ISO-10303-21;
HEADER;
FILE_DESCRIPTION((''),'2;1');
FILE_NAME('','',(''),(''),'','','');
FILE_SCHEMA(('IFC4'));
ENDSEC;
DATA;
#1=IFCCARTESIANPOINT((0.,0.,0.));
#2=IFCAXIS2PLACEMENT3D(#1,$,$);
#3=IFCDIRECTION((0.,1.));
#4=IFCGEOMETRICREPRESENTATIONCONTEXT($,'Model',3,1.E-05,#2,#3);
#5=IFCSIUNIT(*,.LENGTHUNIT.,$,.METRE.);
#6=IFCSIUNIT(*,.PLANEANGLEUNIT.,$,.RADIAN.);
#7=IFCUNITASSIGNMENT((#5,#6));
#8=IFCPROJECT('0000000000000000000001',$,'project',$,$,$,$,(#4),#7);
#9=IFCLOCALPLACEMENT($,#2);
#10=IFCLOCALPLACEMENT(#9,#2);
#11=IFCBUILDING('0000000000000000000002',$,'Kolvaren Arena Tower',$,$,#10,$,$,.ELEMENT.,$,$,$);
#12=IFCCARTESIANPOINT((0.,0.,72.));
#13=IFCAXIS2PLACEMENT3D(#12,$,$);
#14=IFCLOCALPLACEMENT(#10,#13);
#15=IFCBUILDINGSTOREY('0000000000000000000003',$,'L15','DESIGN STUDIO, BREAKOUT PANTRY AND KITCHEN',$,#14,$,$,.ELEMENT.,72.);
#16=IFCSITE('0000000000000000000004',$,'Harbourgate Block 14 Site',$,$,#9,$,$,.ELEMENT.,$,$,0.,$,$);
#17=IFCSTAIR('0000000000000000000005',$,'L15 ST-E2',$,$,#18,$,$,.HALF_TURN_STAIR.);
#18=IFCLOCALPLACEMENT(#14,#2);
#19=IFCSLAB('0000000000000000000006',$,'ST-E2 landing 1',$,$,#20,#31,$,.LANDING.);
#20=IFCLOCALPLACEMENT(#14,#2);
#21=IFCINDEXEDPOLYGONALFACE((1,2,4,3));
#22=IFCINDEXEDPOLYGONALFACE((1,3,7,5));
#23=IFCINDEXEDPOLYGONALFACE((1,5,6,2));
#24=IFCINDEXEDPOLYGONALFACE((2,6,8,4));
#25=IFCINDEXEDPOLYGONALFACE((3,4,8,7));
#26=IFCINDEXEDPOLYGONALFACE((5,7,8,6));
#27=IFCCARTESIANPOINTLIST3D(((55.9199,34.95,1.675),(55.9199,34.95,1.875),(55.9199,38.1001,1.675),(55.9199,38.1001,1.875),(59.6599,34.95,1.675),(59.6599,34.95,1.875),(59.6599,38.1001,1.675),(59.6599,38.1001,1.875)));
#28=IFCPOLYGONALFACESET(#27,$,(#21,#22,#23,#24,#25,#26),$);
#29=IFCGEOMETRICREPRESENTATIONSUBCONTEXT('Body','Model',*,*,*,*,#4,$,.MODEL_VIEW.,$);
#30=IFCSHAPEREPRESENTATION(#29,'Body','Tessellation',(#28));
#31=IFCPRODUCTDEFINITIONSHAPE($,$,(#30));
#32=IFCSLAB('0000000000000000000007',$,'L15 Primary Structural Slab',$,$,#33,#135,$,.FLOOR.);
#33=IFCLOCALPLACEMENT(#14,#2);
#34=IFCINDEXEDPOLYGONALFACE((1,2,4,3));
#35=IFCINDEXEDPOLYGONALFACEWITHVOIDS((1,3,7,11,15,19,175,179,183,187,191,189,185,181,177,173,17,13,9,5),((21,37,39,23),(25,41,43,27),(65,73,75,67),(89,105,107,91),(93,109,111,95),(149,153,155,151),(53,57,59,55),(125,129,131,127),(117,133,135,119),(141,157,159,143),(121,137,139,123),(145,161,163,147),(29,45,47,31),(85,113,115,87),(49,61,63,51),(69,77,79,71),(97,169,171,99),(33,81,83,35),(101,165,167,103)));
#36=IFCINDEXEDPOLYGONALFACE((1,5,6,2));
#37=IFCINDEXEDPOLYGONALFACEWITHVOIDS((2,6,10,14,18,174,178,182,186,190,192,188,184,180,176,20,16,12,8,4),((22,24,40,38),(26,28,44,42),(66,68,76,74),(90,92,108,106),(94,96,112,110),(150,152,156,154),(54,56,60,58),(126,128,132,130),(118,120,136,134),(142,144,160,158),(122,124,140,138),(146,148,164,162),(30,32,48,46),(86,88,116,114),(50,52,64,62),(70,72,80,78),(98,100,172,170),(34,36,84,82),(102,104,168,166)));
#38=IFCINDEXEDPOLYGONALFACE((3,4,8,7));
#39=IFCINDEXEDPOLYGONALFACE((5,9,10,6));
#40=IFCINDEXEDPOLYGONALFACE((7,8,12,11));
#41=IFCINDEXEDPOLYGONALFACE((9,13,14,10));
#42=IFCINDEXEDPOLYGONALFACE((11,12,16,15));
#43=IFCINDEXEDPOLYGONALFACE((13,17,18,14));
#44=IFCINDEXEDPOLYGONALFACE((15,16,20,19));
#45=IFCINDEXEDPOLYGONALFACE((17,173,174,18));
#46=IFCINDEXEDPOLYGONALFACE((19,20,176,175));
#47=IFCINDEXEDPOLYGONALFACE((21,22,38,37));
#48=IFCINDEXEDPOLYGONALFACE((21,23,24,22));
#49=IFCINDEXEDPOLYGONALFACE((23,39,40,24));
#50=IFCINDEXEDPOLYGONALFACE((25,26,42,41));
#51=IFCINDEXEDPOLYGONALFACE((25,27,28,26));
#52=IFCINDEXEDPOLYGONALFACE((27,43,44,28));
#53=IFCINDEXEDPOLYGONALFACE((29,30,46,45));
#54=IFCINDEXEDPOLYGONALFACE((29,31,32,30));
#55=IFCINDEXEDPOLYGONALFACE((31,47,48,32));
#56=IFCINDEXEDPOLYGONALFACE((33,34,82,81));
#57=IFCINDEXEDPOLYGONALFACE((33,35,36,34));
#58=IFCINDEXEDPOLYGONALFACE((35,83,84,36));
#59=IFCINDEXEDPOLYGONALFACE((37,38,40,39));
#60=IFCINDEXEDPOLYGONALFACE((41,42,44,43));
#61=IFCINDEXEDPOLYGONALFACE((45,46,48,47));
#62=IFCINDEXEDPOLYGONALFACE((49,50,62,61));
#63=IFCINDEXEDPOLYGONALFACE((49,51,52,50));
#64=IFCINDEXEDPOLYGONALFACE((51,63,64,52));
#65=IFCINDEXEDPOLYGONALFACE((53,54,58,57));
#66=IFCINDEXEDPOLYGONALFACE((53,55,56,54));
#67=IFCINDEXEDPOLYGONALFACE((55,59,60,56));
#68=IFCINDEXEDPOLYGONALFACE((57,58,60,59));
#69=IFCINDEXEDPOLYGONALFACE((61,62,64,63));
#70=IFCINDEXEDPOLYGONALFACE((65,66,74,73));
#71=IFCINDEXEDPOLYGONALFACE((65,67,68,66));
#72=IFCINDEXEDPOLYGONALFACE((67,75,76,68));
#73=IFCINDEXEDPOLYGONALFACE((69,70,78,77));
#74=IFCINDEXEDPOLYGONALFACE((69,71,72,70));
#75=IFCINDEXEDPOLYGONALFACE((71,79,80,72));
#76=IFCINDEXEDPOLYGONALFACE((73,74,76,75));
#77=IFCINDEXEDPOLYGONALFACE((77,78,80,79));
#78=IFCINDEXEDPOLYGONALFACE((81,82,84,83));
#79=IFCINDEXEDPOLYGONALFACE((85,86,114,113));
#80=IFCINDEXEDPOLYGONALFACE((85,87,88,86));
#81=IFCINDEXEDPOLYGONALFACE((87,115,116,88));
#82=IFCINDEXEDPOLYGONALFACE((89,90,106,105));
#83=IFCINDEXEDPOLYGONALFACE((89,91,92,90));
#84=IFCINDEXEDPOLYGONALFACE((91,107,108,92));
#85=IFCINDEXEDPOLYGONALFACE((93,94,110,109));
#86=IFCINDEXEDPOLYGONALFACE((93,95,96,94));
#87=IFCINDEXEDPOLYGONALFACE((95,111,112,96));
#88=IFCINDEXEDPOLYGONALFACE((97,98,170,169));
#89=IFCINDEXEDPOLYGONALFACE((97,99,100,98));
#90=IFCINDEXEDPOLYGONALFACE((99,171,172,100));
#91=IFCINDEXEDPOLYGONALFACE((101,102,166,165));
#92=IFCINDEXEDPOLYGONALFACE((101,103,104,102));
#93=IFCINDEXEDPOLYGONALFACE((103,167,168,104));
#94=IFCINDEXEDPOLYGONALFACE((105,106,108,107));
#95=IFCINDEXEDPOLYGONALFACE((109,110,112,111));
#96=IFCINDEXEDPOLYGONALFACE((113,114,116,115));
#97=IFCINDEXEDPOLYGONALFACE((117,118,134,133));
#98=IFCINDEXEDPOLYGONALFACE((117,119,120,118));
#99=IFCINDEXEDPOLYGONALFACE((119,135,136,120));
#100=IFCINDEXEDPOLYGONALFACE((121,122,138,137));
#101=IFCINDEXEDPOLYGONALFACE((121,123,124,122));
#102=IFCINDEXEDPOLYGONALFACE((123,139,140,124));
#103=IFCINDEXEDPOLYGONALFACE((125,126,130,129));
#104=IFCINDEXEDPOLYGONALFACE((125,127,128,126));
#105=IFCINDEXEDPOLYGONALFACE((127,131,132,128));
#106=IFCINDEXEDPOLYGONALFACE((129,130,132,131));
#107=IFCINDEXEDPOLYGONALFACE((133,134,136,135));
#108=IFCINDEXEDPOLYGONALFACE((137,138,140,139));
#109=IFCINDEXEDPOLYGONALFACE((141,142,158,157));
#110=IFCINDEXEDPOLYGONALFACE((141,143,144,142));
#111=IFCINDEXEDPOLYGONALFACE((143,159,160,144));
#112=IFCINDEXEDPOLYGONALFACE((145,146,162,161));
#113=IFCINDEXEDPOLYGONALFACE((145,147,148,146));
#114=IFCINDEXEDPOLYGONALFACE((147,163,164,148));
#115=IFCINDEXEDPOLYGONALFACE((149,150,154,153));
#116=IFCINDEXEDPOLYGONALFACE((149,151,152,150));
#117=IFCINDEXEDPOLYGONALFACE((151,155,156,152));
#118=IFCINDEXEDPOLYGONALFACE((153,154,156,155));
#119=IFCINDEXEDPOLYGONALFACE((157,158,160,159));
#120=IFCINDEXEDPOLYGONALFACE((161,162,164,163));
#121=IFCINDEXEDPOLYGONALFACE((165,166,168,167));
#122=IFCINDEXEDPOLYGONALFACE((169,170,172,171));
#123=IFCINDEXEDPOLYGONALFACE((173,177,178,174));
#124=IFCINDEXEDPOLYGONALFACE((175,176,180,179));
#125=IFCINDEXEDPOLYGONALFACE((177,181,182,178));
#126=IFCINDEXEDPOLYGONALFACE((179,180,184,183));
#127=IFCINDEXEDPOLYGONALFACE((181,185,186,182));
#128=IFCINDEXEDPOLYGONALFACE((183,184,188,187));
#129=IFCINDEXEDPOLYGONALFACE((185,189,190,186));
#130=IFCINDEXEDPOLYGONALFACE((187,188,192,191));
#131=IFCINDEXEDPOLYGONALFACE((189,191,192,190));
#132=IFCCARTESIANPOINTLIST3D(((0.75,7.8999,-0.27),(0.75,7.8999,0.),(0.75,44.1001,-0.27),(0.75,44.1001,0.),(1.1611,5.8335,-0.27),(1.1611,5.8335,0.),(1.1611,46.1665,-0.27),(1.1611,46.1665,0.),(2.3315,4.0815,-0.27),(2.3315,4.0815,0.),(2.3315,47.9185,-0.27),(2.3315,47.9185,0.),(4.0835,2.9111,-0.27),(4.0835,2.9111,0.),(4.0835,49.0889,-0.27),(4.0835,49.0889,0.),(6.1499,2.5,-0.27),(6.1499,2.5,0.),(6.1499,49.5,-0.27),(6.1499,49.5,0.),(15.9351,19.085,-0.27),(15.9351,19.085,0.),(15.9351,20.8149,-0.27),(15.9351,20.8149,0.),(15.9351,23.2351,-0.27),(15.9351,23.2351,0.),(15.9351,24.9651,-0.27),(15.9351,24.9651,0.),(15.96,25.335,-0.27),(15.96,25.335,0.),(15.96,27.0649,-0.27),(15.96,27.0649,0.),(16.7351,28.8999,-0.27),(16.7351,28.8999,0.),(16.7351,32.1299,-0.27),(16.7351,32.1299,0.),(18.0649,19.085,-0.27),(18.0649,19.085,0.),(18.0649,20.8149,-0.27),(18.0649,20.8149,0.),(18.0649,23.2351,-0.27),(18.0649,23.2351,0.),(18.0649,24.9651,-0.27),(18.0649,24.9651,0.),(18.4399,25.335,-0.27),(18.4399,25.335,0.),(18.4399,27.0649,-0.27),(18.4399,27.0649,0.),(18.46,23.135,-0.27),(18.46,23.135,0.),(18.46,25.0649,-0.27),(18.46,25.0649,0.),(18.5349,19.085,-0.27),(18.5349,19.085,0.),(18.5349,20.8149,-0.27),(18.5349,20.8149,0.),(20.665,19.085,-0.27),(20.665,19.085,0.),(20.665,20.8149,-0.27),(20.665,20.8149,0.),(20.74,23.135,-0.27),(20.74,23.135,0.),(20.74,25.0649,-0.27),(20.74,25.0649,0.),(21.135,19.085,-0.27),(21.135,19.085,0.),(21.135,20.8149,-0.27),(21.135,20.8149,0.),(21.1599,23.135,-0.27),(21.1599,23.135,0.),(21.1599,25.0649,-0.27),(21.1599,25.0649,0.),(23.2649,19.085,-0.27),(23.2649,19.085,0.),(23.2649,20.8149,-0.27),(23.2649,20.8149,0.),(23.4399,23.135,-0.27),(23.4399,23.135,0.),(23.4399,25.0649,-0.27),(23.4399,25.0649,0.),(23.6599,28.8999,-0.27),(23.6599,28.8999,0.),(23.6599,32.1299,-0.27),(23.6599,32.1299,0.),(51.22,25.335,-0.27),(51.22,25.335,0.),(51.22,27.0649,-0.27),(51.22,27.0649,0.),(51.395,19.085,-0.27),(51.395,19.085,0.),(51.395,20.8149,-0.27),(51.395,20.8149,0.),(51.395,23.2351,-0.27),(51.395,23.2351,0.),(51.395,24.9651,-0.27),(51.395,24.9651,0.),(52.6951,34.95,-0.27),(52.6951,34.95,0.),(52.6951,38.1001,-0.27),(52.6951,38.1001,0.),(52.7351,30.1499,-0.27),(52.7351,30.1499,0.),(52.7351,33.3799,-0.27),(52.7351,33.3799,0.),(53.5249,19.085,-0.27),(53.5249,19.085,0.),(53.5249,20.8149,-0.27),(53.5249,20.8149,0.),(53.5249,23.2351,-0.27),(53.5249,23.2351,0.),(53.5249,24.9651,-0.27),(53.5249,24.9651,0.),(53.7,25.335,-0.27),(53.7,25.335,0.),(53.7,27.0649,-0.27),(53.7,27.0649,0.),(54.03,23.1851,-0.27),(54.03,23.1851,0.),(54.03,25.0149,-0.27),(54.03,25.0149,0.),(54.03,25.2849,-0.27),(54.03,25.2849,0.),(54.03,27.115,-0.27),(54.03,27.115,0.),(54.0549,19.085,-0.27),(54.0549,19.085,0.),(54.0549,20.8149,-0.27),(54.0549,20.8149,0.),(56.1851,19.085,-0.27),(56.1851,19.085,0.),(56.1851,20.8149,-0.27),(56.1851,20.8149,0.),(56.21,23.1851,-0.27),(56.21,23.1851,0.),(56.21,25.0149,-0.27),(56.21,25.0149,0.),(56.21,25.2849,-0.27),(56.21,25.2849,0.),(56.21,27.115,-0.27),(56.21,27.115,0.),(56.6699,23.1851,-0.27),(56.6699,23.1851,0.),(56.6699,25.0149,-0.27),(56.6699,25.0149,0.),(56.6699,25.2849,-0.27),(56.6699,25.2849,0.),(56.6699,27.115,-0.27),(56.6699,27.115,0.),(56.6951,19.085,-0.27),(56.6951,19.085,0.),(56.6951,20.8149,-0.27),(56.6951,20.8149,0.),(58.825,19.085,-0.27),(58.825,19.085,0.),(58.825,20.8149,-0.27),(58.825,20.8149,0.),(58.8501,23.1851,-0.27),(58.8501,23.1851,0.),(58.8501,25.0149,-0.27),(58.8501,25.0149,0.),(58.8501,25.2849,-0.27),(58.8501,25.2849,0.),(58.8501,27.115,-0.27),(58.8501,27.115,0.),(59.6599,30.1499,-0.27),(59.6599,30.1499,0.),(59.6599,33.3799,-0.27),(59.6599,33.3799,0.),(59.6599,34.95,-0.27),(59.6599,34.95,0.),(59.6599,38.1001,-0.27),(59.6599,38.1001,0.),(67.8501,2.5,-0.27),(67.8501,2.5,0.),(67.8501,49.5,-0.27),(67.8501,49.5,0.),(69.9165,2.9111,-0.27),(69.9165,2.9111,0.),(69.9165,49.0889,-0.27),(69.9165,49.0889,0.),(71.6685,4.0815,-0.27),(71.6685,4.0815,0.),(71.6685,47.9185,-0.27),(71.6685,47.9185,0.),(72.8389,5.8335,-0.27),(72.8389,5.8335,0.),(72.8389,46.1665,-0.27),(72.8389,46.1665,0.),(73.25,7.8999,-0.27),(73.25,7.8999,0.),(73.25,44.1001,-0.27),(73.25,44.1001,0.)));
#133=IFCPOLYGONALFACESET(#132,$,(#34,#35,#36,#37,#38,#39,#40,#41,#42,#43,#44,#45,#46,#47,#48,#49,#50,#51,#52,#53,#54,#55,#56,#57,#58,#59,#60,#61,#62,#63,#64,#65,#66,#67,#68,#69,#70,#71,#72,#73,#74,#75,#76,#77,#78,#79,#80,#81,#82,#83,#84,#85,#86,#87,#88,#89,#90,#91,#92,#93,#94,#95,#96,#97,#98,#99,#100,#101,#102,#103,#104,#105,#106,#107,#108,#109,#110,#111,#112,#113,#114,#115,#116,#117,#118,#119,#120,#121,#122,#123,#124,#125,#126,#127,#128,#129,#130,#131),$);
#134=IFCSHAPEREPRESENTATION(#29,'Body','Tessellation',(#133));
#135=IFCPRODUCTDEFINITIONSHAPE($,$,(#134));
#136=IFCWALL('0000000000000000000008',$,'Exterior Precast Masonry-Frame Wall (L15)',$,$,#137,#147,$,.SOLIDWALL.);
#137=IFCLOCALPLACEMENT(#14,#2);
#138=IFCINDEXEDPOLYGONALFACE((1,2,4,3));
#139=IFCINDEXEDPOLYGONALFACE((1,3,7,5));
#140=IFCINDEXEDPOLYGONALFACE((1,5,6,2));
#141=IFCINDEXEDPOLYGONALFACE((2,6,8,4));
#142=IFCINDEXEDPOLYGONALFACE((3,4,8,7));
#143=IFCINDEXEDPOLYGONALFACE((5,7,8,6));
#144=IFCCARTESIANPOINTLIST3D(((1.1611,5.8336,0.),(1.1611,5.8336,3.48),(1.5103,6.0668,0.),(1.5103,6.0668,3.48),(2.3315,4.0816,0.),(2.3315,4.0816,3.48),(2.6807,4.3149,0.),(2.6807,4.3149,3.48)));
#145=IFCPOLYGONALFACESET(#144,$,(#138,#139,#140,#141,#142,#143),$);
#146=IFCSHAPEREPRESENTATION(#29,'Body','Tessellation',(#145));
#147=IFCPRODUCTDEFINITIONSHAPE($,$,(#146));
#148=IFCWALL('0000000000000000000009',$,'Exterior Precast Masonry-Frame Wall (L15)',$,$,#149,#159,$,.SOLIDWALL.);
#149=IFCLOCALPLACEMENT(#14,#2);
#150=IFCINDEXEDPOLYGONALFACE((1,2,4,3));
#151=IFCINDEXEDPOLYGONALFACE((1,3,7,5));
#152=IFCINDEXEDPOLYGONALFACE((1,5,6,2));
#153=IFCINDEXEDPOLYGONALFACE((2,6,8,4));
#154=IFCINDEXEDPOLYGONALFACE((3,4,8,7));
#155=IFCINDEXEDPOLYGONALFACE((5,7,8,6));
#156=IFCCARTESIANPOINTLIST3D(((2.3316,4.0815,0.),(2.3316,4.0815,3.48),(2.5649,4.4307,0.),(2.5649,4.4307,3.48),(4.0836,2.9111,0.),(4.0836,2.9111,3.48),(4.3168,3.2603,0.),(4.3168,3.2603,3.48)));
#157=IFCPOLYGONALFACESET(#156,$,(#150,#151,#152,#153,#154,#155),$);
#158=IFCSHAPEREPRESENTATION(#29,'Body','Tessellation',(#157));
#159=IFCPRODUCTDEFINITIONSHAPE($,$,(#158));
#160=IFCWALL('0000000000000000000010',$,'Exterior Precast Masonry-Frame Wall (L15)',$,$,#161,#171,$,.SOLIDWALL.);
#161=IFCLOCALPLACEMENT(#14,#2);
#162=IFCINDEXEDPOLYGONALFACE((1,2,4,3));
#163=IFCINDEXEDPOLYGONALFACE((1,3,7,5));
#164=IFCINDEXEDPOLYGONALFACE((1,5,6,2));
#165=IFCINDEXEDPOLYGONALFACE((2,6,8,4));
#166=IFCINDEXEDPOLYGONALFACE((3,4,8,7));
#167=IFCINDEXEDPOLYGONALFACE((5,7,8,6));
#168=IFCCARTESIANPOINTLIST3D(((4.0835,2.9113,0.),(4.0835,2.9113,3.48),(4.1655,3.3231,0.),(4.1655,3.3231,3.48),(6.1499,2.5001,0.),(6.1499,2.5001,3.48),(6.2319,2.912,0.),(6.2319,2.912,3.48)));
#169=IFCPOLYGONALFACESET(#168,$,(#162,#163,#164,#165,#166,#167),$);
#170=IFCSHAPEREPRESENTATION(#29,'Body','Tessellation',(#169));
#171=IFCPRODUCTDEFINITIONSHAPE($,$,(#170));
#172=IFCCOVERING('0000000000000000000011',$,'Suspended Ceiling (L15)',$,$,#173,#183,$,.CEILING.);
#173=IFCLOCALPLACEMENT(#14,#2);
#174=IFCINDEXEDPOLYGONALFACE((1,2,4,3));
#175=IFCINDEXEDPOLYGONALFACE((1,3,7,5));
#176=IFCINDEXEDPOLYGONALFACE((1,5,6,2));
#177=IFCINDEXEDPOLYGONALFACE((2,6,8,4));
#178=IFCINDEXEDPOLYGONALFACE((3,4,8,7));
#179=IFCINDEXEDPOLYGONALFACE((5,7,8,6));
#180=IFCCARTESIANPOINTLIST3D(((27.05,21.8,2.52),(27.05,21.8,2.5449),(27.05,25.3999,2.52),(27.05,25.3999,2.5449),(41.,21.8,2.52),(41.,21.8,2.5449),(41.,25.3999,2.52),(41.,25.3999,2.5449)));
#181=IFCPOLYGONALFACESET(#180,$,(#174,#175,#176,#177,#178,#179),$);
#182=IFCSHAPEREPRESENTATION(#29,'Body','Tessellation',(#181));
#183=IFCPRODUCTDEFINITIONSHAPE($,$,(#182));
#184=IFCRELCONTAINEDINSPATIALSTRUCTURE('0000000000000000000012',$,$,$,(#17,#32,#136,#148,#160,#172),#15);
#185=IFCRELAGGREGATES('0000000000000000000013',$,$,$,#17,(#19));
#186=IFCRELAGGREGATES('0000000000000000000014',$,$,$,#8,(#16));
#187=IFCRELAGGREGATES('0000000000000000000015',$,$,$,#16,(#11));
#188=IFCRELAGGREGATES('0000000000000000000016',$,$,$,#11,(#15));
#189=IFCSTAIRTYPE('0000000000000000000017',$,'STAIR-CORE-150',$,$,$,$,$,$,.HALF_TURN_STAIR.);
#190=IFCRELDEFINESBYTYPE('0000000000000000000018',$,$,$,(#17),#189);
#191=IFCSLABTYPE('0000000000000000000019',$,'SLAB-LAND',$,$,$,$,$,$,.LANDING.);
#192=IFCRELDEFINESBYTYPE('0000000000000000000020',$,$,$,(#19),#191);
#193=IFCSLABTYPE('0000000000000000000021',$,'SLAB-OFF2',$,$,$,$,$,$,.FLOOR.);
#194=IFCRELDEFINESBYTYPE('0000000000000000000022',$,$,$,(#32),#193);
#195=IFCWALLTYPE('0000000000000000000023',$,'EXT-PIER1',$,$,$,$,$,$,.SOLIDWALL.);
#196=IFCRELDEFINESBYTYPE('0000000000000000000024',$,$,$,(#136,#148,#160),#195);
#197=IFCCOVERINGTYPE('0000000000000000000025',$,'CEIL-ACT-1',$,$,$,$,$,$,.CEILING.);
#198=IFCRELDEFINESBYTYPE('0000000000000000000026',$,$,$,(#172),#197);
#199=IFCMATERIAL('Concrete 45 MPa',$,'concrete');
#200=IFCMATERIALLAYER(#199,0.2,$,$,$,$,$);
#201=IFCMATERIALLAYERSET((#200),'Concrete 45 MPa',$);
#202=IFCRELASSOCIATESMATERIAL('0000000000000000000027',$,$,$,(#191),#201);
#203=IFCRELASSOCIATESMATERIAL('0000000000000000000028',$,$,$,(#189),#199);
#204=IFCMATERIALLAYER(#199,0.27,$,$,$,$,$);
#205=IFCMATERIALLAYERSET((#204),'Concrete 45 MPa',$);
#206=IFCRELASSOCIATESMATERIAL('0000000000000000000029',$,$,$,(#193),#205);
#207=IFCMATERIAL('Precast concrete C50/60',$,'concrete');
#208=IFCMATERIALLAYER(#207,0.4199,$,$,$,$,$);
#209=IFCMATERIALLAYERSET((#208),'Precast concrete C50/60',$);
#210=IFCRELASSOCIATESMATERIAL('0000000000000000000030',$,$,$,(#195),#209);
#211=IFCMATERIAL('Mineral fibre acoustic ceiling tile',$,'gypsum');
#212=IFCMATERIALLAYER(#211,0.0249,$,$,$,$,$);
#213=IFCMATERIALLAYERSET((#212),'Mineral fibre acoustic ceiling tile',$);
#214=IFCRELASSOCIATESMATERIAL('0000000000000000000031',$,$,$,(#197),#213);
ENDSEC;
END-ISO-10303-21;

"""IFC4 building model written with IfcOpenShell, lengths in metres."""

from ifc_helpers import new_model, si_unit, direction, frame, frame_2d, origin, place, context, subcontext, project, spatial, polyline, rectangle, outline, extrude, material, layer, layer_set, type_object, element, aggregate, save


model = new_model("IFC4")

# Units and contexts
model_context = context("Model", 3, precision=1e-05, world=origin(), true_north=direction((0.0, 1.0)))
body_context = subcontext(model_context, "Body", "Model", "MODEL_VIEW")
ifc_project = project(units=[si_unit("LENGTHUNIT", "METRE"), si_unit("PLANEANGLEUNIT", "RADIAN")], contexts=[model_context])

# Site, building, storey
site_placement = place(None, origin())
site = spatial("IfcSite", under=ifc_project, at=site_placement, Name="Harbourgate Block 14 Site", CompositionType="ELEMENT", RefElevation=0.0)
building_placement = place(site_placement, origin())
building = spatial("IfcBuilding", under=site, at=building_placement, Name="Kolvaren Arena Tower", CompositionType="ELEMENT")
storey_placement = place(building_placement, frame((0.0, 0.0, 72.0)))
storey = spatial("IfcBuildingStorey", under=building, at=storey_placement, Name="L15", Description="DESIGN STUDIO, BREAKOUT PANTRY AND KITCHEN", CompositionType="ELEMENT", Elevation=72.0)

# Stair, slab
ifc_material_1 = material(Name="Concrete 45 MPa", Category="concrete")
ifc_layer_1 = layer(ifc_material_1, 0.2)
ifc_layer_set_1 = layer_set([ifc_layer_1], Name="Concrete 45 MPa")
slab_type_1 = type_object("IfcSlabType", Name="SLAB-LAND", PredefinedType="LANDING", material=ifc_layer_set_1)
stair_type_1 = type_object("IfcStairType", Name="STAIR-CORE-150", PredefinedType="HALF_TURN_STAIR", material=ifc_material_1)
stair_1_placement = place(storey_placement, origin())
stair_1 = element("IfcStair", 1, at=stair_1_placement, inside=storey, type_object=stair_type_1, Name="L15 ST-E2", PredefinedType="HALF_TURN_STAIR")
slab_1_placement = place(storey_placement, frame((0.0, 0.0, 1.675)))
slab_1 = element("IfcSlab", 2, at=slab_1_placement, type_object=slab_type_1, Name="ST-E2 landing 1", PredefinedType="LANDING", context=body_context, shape_type="SweptSolid", body=[
    extrude(outline(polyline([(55.9199, 34.95), (59.6599, 34.95), (59.6599, 38.1001), (55.9199, 38.1001), (55.9199, 34.95)])), origin(), (0.0, 0.0, 1.0), 0.2),
])
aggregate(stair_1, [slab_1])

# Slab
ifc_layer_2 = layer(ifc_material_1, 0.27)
ifc_layer_set_2 = layer_set([ifc_layer_2], Name="Concrete 45 MPa")
slab_type_2 = type_object("IfcSlabType", Name="SLAB-OFF2", PredefinedType="FLOOR", material=ifc_layer_set_2)
slab_2_placement = place(storey_placement, frame((0.0, 0.0, -0.27)))
element("IfcSlab", 3, at=slab_2_placement, inside=storey, type_object=slab_type_2, Name="L15 Primary Structural Slab", PredefinedType="FLOOR", context=body_context, shape_type="SweptSolid", body=[
    extrude(outline(polyline([(67.8501, 2.5), (69.9165, 2.9111), (71.6685, 4.0815), (72.8389, 5.8335), (73.25, 7.8999), (73.25, 44.1001), (72.8389, 46.1665), (71.6685, 47.9185), (69.9165, 49.0889), (67.8501, 49.5), (6.1499, 49.5), (4.0835, 49.0889), (2.3315, 47.9185), (1.1611, 46.1665), (0.75, 44.1001), (0.75, 7.8999), (1.1611, 5.8335), (2.3315, 4.0815), (4.0835, 2.9111), (6.1499, 2.5), (67.8501, 2.5)]), holes=[polyline([(15.9351, 19.085), (15.9351, 20.8149), (18.0649, 20.8149), (18.0649, 19.085), (15.9351, 19.085)]), polyline([(18.5349, 19.085), (18.5349, 20.8149), (20.665, 20.8149), (20.665, 19.085), (18.5349, 19.085)]), polyline([(21.135, 19.085), (21.135, 20.8149), (23.2649, 20.8149), (23.2649, 19.085), (21.135, 19.085)]), polyline([(51.395, 19.085), (51.395, 20.8149), (53.5249, 20.8149), (53.5249, 19.085), (51.395, 19.085)]), polyline([(54.0549, 19.085), (54.0549, 20.8149), (56.1851, 20.8149), (56.1851, 19.085), (54.0549, 19.085)]), polyline([(56.6951, 19.085), (56.6951, 20.8149), (58.825, 20.8149), (58.825, 19.085), (56.6951, 19.085)]), polyline([(18.46, 23.135), (18.46, 25.0649), (20.74, 25.0649), (20.74, 23.135), (18.46, 23.135)]), polyline([(21.1599, 23.135), (21.1599, 25.0649), (23.4399, 25.0649), (23.4399, 23.135), (21.1599, 23.135)]), polyline([(54.03, 25.0149), (56.21, 25.0149), (56.21, 23.1851), (54.03, 23.1851), (54.03, 25.0149)]), polyline([(56.6699, 25.0149), (58.8501, 25.0149), (58.8501, 23.1851), (56.6699, 23.1851), (56.6699, 25.0149)]), polyline([(15.9351, 23.2351), (15.9351, 24.9651), (18.0649, 24.9651), (18.0649, 23.2351), (15.9351, 23.2351)]), polyline([(51.395, 24.9651), (53.5249, 24.9651), (53.5249, 23.2351), (51.395, 23.2351), (51.395, 24.9651)]), polyline([(54.03, 25.2849), (54.03, 27.115), (56.21, 27.115), (56.21, 25.2849), (54.03, 25.2849)]), polyline([(56.6699, 25.2849), (56.6699, 27.115), (58.8501, 27.115), (58.8501, 25.2849), (56.6699, 25.2849)]), polyline([(15.96, 27.0649), (18.4399, 27.0649), (18.4399, 25.335), (15.96, 25.335), (15.96, 27.0649)]), polyline([(51.22, 25.335), (51.22, 27.0649), (53.7, 27.0649), (53.7, 25.335), (51.22, 25.335)]), polyline([(16.7351, 28.8999), (16.7351, 32.1299), (23.6599, 32.1299), (23.6599, 28.8999), (16.7351, 28.8999)]), polyline([(52.7351, 33.3799), (59.6599, 33.3799), (59.6599, 30.1499), (52.7351, 30.1499), (52.7351, 33.3799)]), polyline([(52.6951, 38.1001), (59.6599, 38.1001), (59.6599, 34.95), (52.6951, 34.95), (52.6951, 38.1001)])]), origin(), (0.0, 0.0, 1.0), 0.27),
])

# Walls
ifc_material_2 = material(Name="Precast concrete C50/60", Category="concrete")
ifc_layer_3 = layer(ifc_material_2, 0.4199)
ifc_layer_set_3 = layer_set([ifc_layer_3], Name="Precast concrete C50/60")
wall_type = type_object("IfcWallType", Name="EXT-PIER1", PredefinedType="SOLIDWALL", material=ifc_layer_set_3)
for number, where, z_axis, x_axis, name in (
    (4, (2.5061, 4.1982, 0.0), (0.0, 0.0, 1.0), (-0.555502, 0.831515, 0.0), "Exterior Precast Masonry-Frame Wall (L15)"),
    (5, (4.2002, 3.0857, 0.0), (0.0, 0.0, 1.0), (-0.831515, 0.555502, 0.0), "Exterior Precast Masonry-Frame Wall (L15)"),
    (6, (6.1909, 2.7061, 0.0), (0.0, 0.0, 1.0), (-0.980776, 0.195136, 0.0), "Exterior Precast Masonry-Frame Wall (L15)"),
):
    element("IfcWall", number, at=place(storey_placement, frame(where, z_axis=z_axis, x_axis=x_axis)), inside=storey, type_object=wall_type, Name=name, PredefinedType="SOLIDWALL", context=body_context, shape_type="SweptSolid", body=[
        extrude(rectangle(XDim=2.1069, YDim=0.4199, at=frame_2d((1.0535, 0.0))), origin(), (0.0, 0.0, 1.0), 3.48),
    ])

# Covering
ifc_material_3 = material(Name="Mineral fibre acoustic ceiling tile", Category="gypsum")
ifc_layer_4 = layer(ifc_material_3, 0.0249)
ifc_layer_set_4 = layer_set([ifc_layer_4], Name="Mineral fibre acoustic ceiling tile")
covering_type_1 = type_object("IfcCoveringType", Name="CEIL-ACT-1", PredefinedType="CEILING", material=ifc_layer_set_4)
covering_1_placement = place(storey_placement, frame((0.0, 0.0, 2.52)))
element("IfcCovering", 7, at=covering_1_placement, inside=storey, type_object=covering_type_1, Name="Suspended Ceiling (L15)", PredefinedType="CEILING", context=body_context, shape_type="SweptSolid", body=[
    extrude(outline(polyline([(27.05, 21.8), (27.05, 25.3999), (41.0, 25.3999), (41.0, 21.8), (27.05, 21.8)])), origin(), (0.0, 0.0, 1.0), 0.0249),
])

save(model, "model.ifc")
